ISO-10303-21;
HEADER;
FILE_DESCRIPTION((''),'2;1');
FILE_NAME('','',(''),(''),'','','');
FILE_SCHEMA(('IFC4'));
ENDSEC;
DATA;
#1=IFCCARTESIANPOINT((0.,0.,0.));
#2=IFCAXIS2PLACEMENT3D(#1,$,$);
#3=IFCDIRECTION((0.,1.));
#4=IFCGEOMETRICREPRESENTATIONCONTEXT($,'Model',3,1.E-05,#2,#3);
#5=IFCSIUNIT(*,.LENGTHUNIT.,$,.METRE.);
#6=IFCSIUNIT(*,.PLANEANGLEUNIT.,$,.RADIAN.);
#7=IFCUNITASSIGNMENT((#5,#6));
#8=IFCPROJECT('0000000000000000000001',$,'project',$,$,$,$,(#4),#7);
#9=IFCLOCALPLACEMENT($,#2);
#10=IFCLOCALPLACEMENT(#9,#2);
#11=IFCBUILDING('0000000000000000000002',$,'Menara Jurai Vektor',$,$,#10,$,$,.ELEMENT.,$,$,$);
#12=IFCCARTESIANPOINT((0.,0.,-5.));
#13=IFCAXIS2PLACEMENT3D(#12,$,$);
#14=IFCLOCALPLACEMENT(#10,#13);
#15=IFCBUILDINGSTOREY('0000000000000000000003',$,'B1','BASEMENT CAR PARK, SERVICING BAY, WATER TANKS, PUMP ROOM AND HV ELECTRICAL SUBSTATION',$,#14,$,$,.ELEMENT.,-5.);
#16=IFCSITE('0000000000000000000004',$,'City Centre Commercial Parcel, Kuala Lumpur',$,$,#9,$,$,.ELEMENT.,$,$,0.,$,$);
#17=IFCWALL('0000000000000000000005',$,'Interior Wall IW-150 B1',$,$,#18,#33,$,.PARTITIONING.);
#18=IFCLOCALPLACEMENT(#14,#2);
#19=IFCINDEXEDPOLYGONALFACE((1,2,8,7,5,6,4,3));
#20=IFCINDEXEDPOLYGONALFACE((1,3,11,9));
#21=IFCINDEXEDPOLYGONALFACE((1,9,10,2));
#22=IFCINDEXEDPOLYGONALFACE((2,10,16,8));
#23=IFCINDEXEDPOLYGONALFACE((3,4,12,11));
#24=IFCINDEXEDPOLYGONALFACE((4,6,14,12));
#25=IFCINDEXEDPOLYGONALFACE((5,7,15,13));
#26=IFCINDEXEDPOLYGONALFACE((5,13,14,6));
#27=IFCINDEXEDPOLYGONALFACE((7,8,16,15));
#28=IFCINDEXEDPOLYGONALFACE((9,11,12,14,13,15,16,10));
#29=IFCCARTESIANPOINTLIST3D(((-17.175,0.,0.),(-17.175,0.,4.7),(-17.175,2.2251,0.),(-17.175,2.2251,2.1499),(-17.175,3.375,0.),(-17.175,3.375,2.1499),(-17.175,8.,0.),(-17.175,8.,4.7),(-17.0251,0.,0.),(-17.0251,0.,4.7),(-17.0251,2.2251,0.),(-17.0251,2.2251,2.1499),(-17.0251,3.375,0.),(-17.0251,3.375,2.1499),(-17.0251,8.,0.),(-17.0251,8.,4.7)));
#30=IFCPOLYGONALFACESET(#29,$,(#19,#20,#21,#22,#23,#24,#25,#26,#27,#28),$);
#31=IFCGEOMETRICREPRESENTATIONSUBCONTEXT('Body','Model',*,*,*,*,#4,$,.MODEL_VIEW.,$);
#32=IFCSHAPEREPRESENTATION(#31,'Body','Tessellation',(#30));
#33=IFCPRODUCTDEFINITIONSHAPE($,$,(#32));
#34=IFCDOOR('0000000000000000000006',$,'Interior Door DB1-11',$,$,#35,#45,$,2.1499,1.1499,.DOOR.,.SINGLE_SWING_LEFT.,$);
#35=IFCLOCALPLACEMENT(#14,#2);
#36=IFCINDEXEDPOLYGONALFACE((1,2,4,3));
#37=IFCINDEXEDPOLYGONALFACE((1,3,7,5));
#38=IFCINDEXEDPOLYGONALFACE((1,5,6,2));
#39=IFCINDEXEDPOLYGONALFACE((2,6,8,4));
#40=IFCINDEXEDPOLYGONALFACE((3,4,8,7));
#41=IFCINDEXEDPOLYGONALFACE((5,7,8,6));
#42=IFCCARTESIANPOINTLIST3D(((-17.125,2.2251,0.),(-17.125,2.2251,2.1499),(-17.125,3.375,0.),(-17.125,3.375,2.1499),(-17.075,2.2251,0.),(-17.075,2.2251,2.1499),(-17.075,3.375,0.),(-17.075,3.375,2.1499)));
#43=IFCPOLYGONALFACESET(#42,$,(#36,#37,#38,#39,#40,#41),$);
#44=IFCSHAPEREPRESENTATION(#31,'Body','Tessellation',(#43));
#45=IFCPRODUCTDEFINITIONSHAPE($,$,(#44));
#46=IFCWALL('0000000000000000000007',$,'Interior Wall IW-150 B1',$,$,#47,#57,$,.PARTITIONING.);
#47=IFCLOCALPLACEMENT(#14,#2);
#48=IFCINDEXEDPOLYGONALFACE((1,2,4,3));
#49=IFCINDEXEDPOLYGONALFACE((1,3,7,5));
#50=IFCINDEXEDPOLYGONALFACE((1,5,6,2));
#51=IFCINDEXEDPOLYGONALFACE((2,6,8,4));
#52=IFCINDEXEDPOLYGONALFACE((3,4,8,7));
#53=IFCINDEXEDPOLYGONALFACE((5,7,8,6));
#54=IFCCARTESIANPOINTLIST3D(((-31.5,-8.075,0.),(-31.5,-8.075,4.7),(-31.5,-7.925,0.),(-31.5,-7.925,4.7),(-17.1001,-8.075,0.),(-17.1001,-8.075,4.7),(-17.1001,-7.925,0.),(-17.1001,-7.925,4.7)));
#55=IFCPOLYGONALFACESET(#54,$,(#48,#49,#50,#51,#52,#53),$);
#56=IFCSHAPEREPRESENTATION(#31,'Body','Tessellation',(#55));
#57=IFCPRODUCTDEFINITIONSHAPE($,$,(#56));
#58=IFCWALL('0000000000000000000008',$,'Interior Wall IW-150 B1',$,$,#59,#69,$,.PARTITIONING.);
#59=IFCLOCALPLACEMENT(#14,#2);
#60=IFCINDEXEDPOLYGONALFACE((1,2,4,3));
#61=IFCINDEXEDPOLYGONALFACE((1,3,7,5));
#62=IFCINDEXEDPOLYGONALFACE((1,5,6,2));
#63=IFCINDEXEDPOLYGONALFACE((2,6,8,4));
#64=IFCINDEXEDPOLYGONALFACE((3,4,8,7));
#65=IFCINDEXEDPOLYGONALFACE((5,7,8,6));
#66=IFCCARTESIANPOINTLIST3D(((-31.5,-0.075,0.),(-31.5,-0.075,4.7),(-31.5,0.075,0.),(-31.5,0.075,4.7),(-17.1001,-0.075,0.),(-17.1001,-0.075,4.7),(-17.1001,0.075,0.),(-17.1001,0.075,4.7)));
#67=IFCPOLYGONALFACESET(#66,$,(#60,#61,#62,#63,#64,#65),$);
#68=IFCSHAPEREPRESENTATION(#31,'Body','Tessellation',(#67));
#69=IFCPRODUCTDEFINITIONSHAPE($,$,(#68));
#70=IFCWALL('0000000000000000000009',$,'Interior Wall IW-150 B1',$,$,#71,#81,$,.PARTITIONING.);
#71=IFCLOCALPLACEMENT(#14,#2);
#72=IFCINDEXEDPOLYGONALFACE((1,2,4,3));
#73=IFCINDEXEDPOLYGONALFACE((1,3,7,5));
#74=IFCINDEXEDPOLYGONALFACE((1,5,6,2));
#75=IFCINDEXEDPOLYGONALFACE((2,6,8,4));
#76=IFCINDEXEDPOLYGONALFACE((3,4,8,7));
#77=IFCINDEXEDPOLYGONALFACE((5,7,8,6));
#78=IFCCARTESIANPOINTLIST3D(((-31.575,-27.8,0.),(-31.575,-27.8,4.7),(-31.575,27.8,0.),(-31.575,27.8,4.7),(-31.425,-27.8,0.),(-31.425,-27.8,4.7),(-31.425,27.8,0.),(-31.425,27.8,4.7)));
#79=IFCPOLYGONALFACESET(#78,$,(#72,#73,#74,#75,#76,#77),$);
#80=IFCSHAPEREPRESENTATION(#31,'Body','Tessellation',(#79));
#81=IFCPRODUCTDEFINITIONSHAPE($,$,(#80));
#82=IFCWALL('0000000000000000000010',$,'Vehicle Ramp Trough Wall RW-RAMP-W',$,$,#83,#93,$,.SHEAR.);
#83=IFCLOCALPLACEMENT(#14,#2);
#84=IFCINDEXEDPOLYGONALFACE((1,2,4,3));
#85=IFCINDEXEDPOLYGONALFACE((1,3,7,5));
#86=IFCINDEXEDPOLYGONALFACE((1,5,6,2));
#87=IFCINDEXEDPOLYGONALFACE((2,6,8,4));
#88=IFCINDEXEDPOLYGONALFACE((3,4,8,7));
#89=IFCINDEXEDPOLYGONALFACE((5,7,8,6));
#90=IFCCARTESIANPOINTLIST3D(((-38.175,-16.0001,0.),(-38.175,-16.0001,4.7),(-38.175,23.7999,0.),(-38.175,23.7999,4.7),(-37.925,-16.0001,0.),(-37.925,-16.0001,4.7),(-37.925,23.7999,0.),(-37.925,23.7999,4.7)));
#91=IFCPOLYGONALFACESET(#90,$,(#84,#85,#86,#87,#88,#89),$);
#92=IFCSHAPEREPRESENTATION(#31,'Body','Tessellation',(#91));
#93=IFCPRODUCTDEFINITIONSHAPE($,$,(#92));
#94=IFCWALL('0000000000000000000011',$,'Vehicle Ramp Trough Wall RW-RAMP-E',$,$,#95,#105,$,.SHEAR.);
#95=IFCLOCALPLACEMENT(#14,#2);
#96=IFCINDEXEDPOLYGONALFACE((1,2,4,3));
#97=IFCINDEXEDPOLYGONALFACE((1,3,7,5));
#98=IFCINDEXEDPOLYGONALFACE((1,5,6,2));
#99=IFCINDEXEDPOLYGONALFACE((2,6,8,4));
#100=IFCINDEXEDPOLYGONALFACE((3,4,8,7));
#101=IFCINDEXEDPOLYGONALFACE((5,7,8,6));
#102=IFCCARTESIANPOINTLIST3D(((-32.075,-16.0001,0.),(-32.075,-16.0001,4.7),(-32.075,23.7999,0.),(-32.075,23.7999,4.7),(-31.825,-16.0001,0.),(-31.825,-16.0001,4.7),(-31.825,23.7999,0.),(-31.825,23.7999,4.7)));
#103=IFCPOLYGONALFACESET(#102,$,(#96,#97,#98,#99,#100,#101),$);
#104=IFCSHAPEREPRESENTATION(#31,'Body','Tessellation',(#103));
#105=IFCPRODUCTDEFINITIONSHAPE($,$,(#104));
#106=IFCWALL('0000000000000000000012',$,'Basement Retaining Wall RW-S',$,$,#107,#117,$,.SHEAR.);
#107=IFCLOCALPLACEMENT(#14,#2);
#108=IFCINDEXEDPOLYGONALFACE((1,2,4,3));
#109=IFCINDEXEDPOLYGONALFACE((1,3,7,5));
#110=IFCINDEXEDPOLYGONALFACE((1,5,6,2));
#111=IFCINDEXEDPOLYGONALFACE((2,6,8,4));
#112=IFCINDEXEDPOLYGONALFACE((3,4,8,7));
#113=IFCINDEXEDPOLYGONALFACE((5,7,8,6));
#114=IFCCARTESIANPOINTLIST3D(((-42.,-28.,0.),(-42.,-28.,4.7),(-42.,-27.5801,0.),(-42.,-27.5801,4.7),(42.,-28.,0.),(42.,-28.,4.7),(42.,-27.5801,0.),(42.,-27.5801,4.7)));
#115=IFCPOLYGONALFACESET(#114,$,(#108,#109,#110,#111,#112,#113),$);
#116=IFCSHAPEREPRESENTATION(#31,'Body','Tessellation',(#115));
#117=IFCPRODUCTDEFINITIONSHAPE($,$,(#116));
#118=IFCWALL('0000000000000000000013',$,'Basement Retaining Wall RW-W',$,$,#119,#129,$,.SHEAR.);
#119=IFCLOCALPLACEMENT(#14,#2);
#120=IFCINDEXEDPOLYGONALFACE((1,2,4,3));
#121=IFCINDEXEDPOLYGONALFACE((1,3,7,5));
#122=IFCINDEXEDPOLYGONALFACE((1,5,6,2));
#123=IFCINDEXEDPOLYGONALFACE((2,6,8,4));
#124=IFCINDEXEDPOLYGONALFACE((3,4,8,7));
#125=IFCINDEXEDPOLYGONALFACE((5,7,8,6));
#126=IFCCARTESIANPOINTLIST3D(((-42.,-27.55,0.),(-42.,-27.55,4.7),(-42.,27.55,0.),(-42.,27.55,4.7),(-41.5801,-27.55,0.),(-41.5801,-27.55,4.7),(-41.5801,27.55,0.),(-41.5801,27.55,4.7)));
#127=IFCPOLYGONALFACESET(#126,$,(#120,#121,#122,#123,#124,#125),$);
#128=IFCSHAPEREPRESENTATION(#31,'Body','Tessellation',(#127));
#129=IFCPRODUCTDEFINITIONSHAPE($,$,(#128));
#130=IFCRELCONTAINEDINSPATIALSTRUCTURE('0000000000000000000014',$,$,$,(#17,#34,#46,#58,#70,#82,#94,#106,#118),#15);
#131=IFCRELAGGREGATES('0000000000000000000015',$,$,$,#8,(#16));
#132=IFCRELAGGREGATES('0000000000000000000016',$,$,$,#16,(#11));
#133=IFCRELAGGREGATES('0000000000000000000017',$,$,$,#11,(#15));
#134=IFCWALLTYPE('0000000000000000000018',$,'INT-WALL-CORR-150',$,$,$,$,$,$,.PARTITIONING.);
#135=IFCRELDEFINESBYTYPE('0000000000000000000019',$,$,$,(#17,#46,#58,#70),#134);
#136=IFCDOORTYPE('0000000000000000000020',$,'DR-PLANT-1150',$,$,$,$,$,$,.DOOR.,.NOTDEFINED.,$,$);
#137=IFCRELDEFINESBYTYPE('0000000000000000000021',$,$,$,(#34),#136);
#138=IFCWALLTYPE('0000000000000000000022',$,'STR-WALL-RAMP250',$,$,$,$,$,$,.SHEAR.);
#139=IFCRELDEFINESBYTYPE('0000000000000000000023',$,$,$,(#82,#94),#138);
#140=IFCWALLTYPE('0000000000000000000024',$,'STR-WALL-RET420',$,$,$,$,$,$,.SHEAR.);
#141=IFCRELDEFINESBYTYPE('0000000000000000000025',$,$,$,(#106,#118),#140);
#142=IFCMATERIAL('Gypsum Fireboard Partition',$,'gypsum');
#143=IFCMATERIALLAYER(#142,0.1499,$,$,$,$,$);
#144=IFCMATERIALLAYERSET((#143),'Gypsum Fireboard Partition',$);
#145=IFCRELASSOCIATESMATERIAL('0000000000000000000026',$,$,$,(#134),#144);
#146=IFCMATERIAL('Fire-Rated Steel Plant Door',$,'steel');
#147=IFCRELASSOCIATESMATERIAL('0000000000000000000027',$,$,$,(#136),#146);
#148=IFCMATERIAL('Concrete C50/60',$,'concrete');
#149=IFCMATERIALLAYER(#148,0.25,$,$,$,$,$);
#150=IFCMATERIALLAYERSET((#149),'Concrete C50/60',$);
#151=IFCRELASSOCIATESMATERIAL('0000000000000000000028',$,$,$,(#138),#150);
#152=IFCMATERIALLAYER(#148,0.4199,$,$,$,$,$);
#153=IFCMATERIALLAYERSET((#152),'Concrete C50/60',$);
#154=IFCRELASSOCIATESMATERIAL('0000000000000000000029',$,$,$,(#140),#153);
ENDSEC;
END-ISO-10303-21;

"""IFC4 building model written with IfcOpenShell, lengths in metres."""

from ifc_helpers import new_model, si_unit, direction, frame, frame_2d, origin, place, context, subcontext, project, spatial, rectangle, extrude, material, layer, layer_set, type_object, element, fill, save


model = new_model("IFC4")

# Units and contexts
model_context = context("Model", 3, precision=1e-05, world=origin(), true_north=direction((0.0, 1.0)))
body_context = subcontext(model_context, "Body", "Model", "MODEL_VIEW")
ifc_project = project(units=[si_unit("LENGTHUNIT", "METRE"), si_unit("PLANEANGLEUNIT", "RADIAN")], contexts=[model_context])

# Site, building, storey
site_placement = place(None, origin())
site = spatial("IfcSite", under=ifc_project, at=site_placement, Name="City Centre Commercial Parcel, Kuala Lumpur", CompositionType="ELEMENT", RefElevation=0.0)
building_placement = place(site_placement, origin())
building = spatial("IfcBuilding", under=site, at=building_placement, Name="Menara Jurai Vektor", CompositionType="ELEMENT")
storey_placement = place(building_placement, frame((0.0, 0.0, -5.0)))
storey = spatial("IfcBuildingStorey", under=building, at=storey_placement, Name="B1", Description="BASEMENT CAR PARK, SERVICING BAY, WATER TANKS, PUMP ROOM AND HV ELECTRICAL SUBSTATION", CompositionType="ELEMENT", Elevation=-5.0)

# Shared definitions
ifc_material_1 = material(Name="Concrete C50/60", Category="concrete")

# Wall, opening, door
ifc_material_2 = material(Name="Gypsum Fireboard Partition", Category="gypsum")
ifc_layer_1 = layer(ifc_material_2, 0.1499)
ifc_layer_set_1 = layer_set([ifc_layer_1], Name="Gypsum Fireboard Partition")
wall_type_1 = type_object("IfcWallType", Name="INT-WALL-CORR-150", PredefinedType="PARTITIONING", material=ifc_layer_set_1)
wall_1_placement = place(storey_placement, frame((-17.1001, 0.0, 0.0), z_axis=(0.0, 0.0, 1.0), x_axis=(0.0, 1.0, 0.0)))
wall_1 = element("IfcWall", 1, at=wall_1_placement, inside=storey, type_object=wall_type_1, Name="Interior Wall IW-150 B1", PredefinedType="PARTITIONING", context=body_context, shape_type="SweptSolid", body=[
    extrude(rectangle(XDim=8.0, YDim=0.1499, at=frame_2d((4.0, 0.0))), origin(), (0.0, 0.0, 1.0), 4.7),
])
opening_1_placement = place(wall_1_placement, frame((2.2251, 0.0, 0.0)))
opening_1 = element("IfcOpeningElement", 2, at=opening_1_placement, cuts=wall_1, PredefinedType="OPENING", context=body_context, shape_type="SweptSolid", body=[
    extrude(rectangle(XDim=1.1499, YDim=2.1499, at=frame_2d((0.575, 1.075))), frame((0.0, 0.085, 0.0), z_axis=(0.0, -1.0, 0.0), x_axis=(1.0, 0.0, 0.0)), (0.0, 0.0, 1.0), 0.1699),
])
ifc_material_3 = material(Name="Fire-Rated Steel Plant Door", Category="steel")
door_type_1 = type_object("IfcDoorType", Name="DR-PLANT-1150", OperationType="NOTDEFINED", PredefinedType="DOOR", material=ifc_material_3)
door_1_placement = place(opening_1_placement, origin())
door_1 = element("IfcDoor", 3, at=door_1_placement, inside=storey, type_object=door_type_1, Name="Interior Door DB1-11", OperationType="SINGLE_SWING_LEFT", OverallHeight=2.1499, OverallWidth=1.1499, PredefinedType="DOOR", context=body_context, shape_type="SweptSolid", body=[
    extrude(rectangle(XDim=1.1499, YDim=2.1499, at=frame_2d((0.575, 1.075))), frame((0.0, 0.0249, 0.0), z_axis=(0.0, -1.0, 0.0), x_axis=(1.0, 0.0, 0.0)), (0.0, 0.0, 1.0), 0.05),
])
fill(opening_1, door_1)

# Walls
for number, where, z_axis, x_axis, name in (
    (4, (-31.5, -8.0, 0.0), (0.0, 0.0, 1.0), (1.0, 0.0, 0.0), "Interior Wall IW-150 B1"),
    (5, (-31.5, 0.0, 0.0), (0.0, 0.0, 1.0), (1.0, 0.0, 0.0), "Interior Wall IW-150 B1"),
):
    element("IfcWall", number, at=place(storey_placement, frame(where, z_axis=z_axis, x_axis=x_axis)), inside=storey, type_object=wall_type_1, Name=name, PredefinedType="PARTITIONING", context=body_context, shape_type="SweptSolid", body=[
        extrude(rectangle(XDim=14.3999, YDim=0.1499, at=frame_2d((7.2, 0.0))), origin(), (0.0, 0.0, 1.0), 4.7),
    ])
wall_2_placement = place(storey_placement, frame((-31.5, -27.8, 0.0), z_axis=(0.0, 0.0, 1.0), x_axis=(0.0, 1.0, 0.0)))
element("IfcWall", 6, at=wall_2_placement, inside=storey, type_object=wall_type_1, Name="Interior Wall IW-150 B1", PredefinedType="PARTITIONING", context=body_context, shape_type="SweptSolid", body=[
    extrude(rectangle(XDim=55.6001, YDim=0.1499, at=frame_2d((27.8, 0.0))), origin(), (0.0, 0.0, 1.0), 4.7),
])
ifc_layer_2 = layer(ifc_material_1, 0.25)
ifc_layer_set_2 = layer_set([ifc_layer_2], Name="Concrete C50/60")
wall_type_2 = type_object("IfcWallType", Name="STR-WALL-RAMP250", PredefinedType="SHEAR", material=ifc_layer_set_2)
for number, where, z_axis, x_axis, name in (
    (7, (-38.05, -16.0, 0.0), (0.0, 0.0, 1.0), (0.0, 1.0, 0.0), "Vehicle Ramp Trough Wall RW-RAMP-W"),
    (8, (-31.95, -16.0, 0.0), (0.0, 0.0, 1.0), (0.0, 1.0, 0.0), "Vehicle Ramp Trough Wall RW-RAMP-E"),
):
    element("IfcWall", number, at=place(storey_placement, frame(where, z_axis=z_axis, x_axis=x_axis)), inside=storey, type_object=wall_type_2, Name=name, PredefinedType="SHEAR", context=body_context, shape_type="SweptSolid", body=[
        extrude(rectangle(XDim=39.8, YDim=0.25, at=frame_2d((19.8999, 0.0))), origin(), (0.0, 0.0, 1.0), 4.7),
    ])
ifc_layer_3 = layer(ifc_material_1, 0.4199)
ifc_layer_set_3 = layer_set([ifc_layer_3], Name="Concrete C50/60")
wall_type_3 = type_object("IfcWallType", Name="STR-WALL-RET420", PredefinedType="SHEAR", material=ifc_layer_set_3)
wall_3_placement = place(storey_placement, frame((-42.0, -27.79, 0.0), z_axis=(0.0, 0.0, 1.0), x_axis=(1.0, 0.0, 0.0)))
element("IfcWall", 9, at=wall_3_placement, inside=storey, type_object=wall_type_3, Name="Basement Retaining Wall RW-S", PredefinedType="SHEAR", context=body_context, shape_type="SweptSolid", body=[
    extrude(rectangle(XDim=84.0, YDim=0.4199, at=frame_2d((42.0, 0.0))), origin(), (0.0, 0.0, 1.0), 4.7),
])
wall_4_placement = place(storey_placement, frame((-41.79, -27.55, 0.0), z_axis=(0.0, 0.0, 1.0), x_axis=(0.0, 1.0, 0.0)))
element("IfcWall", 10, at=wall_4_placement, inside=storey, type_object=wall_type_3, Name="Basement Retaining Wall RW-W", PredefinedType="SHEAR", context=body_context, shape_type="SweptSolid", body=[
    extrude(rectangle(XDim=55.1001, YDim=0.4199, at=frame_2d((27.55, 0.0))), origin(), (0.0, 0.0, 1.0), 4.7),
])

save(model, "model.ifc")
